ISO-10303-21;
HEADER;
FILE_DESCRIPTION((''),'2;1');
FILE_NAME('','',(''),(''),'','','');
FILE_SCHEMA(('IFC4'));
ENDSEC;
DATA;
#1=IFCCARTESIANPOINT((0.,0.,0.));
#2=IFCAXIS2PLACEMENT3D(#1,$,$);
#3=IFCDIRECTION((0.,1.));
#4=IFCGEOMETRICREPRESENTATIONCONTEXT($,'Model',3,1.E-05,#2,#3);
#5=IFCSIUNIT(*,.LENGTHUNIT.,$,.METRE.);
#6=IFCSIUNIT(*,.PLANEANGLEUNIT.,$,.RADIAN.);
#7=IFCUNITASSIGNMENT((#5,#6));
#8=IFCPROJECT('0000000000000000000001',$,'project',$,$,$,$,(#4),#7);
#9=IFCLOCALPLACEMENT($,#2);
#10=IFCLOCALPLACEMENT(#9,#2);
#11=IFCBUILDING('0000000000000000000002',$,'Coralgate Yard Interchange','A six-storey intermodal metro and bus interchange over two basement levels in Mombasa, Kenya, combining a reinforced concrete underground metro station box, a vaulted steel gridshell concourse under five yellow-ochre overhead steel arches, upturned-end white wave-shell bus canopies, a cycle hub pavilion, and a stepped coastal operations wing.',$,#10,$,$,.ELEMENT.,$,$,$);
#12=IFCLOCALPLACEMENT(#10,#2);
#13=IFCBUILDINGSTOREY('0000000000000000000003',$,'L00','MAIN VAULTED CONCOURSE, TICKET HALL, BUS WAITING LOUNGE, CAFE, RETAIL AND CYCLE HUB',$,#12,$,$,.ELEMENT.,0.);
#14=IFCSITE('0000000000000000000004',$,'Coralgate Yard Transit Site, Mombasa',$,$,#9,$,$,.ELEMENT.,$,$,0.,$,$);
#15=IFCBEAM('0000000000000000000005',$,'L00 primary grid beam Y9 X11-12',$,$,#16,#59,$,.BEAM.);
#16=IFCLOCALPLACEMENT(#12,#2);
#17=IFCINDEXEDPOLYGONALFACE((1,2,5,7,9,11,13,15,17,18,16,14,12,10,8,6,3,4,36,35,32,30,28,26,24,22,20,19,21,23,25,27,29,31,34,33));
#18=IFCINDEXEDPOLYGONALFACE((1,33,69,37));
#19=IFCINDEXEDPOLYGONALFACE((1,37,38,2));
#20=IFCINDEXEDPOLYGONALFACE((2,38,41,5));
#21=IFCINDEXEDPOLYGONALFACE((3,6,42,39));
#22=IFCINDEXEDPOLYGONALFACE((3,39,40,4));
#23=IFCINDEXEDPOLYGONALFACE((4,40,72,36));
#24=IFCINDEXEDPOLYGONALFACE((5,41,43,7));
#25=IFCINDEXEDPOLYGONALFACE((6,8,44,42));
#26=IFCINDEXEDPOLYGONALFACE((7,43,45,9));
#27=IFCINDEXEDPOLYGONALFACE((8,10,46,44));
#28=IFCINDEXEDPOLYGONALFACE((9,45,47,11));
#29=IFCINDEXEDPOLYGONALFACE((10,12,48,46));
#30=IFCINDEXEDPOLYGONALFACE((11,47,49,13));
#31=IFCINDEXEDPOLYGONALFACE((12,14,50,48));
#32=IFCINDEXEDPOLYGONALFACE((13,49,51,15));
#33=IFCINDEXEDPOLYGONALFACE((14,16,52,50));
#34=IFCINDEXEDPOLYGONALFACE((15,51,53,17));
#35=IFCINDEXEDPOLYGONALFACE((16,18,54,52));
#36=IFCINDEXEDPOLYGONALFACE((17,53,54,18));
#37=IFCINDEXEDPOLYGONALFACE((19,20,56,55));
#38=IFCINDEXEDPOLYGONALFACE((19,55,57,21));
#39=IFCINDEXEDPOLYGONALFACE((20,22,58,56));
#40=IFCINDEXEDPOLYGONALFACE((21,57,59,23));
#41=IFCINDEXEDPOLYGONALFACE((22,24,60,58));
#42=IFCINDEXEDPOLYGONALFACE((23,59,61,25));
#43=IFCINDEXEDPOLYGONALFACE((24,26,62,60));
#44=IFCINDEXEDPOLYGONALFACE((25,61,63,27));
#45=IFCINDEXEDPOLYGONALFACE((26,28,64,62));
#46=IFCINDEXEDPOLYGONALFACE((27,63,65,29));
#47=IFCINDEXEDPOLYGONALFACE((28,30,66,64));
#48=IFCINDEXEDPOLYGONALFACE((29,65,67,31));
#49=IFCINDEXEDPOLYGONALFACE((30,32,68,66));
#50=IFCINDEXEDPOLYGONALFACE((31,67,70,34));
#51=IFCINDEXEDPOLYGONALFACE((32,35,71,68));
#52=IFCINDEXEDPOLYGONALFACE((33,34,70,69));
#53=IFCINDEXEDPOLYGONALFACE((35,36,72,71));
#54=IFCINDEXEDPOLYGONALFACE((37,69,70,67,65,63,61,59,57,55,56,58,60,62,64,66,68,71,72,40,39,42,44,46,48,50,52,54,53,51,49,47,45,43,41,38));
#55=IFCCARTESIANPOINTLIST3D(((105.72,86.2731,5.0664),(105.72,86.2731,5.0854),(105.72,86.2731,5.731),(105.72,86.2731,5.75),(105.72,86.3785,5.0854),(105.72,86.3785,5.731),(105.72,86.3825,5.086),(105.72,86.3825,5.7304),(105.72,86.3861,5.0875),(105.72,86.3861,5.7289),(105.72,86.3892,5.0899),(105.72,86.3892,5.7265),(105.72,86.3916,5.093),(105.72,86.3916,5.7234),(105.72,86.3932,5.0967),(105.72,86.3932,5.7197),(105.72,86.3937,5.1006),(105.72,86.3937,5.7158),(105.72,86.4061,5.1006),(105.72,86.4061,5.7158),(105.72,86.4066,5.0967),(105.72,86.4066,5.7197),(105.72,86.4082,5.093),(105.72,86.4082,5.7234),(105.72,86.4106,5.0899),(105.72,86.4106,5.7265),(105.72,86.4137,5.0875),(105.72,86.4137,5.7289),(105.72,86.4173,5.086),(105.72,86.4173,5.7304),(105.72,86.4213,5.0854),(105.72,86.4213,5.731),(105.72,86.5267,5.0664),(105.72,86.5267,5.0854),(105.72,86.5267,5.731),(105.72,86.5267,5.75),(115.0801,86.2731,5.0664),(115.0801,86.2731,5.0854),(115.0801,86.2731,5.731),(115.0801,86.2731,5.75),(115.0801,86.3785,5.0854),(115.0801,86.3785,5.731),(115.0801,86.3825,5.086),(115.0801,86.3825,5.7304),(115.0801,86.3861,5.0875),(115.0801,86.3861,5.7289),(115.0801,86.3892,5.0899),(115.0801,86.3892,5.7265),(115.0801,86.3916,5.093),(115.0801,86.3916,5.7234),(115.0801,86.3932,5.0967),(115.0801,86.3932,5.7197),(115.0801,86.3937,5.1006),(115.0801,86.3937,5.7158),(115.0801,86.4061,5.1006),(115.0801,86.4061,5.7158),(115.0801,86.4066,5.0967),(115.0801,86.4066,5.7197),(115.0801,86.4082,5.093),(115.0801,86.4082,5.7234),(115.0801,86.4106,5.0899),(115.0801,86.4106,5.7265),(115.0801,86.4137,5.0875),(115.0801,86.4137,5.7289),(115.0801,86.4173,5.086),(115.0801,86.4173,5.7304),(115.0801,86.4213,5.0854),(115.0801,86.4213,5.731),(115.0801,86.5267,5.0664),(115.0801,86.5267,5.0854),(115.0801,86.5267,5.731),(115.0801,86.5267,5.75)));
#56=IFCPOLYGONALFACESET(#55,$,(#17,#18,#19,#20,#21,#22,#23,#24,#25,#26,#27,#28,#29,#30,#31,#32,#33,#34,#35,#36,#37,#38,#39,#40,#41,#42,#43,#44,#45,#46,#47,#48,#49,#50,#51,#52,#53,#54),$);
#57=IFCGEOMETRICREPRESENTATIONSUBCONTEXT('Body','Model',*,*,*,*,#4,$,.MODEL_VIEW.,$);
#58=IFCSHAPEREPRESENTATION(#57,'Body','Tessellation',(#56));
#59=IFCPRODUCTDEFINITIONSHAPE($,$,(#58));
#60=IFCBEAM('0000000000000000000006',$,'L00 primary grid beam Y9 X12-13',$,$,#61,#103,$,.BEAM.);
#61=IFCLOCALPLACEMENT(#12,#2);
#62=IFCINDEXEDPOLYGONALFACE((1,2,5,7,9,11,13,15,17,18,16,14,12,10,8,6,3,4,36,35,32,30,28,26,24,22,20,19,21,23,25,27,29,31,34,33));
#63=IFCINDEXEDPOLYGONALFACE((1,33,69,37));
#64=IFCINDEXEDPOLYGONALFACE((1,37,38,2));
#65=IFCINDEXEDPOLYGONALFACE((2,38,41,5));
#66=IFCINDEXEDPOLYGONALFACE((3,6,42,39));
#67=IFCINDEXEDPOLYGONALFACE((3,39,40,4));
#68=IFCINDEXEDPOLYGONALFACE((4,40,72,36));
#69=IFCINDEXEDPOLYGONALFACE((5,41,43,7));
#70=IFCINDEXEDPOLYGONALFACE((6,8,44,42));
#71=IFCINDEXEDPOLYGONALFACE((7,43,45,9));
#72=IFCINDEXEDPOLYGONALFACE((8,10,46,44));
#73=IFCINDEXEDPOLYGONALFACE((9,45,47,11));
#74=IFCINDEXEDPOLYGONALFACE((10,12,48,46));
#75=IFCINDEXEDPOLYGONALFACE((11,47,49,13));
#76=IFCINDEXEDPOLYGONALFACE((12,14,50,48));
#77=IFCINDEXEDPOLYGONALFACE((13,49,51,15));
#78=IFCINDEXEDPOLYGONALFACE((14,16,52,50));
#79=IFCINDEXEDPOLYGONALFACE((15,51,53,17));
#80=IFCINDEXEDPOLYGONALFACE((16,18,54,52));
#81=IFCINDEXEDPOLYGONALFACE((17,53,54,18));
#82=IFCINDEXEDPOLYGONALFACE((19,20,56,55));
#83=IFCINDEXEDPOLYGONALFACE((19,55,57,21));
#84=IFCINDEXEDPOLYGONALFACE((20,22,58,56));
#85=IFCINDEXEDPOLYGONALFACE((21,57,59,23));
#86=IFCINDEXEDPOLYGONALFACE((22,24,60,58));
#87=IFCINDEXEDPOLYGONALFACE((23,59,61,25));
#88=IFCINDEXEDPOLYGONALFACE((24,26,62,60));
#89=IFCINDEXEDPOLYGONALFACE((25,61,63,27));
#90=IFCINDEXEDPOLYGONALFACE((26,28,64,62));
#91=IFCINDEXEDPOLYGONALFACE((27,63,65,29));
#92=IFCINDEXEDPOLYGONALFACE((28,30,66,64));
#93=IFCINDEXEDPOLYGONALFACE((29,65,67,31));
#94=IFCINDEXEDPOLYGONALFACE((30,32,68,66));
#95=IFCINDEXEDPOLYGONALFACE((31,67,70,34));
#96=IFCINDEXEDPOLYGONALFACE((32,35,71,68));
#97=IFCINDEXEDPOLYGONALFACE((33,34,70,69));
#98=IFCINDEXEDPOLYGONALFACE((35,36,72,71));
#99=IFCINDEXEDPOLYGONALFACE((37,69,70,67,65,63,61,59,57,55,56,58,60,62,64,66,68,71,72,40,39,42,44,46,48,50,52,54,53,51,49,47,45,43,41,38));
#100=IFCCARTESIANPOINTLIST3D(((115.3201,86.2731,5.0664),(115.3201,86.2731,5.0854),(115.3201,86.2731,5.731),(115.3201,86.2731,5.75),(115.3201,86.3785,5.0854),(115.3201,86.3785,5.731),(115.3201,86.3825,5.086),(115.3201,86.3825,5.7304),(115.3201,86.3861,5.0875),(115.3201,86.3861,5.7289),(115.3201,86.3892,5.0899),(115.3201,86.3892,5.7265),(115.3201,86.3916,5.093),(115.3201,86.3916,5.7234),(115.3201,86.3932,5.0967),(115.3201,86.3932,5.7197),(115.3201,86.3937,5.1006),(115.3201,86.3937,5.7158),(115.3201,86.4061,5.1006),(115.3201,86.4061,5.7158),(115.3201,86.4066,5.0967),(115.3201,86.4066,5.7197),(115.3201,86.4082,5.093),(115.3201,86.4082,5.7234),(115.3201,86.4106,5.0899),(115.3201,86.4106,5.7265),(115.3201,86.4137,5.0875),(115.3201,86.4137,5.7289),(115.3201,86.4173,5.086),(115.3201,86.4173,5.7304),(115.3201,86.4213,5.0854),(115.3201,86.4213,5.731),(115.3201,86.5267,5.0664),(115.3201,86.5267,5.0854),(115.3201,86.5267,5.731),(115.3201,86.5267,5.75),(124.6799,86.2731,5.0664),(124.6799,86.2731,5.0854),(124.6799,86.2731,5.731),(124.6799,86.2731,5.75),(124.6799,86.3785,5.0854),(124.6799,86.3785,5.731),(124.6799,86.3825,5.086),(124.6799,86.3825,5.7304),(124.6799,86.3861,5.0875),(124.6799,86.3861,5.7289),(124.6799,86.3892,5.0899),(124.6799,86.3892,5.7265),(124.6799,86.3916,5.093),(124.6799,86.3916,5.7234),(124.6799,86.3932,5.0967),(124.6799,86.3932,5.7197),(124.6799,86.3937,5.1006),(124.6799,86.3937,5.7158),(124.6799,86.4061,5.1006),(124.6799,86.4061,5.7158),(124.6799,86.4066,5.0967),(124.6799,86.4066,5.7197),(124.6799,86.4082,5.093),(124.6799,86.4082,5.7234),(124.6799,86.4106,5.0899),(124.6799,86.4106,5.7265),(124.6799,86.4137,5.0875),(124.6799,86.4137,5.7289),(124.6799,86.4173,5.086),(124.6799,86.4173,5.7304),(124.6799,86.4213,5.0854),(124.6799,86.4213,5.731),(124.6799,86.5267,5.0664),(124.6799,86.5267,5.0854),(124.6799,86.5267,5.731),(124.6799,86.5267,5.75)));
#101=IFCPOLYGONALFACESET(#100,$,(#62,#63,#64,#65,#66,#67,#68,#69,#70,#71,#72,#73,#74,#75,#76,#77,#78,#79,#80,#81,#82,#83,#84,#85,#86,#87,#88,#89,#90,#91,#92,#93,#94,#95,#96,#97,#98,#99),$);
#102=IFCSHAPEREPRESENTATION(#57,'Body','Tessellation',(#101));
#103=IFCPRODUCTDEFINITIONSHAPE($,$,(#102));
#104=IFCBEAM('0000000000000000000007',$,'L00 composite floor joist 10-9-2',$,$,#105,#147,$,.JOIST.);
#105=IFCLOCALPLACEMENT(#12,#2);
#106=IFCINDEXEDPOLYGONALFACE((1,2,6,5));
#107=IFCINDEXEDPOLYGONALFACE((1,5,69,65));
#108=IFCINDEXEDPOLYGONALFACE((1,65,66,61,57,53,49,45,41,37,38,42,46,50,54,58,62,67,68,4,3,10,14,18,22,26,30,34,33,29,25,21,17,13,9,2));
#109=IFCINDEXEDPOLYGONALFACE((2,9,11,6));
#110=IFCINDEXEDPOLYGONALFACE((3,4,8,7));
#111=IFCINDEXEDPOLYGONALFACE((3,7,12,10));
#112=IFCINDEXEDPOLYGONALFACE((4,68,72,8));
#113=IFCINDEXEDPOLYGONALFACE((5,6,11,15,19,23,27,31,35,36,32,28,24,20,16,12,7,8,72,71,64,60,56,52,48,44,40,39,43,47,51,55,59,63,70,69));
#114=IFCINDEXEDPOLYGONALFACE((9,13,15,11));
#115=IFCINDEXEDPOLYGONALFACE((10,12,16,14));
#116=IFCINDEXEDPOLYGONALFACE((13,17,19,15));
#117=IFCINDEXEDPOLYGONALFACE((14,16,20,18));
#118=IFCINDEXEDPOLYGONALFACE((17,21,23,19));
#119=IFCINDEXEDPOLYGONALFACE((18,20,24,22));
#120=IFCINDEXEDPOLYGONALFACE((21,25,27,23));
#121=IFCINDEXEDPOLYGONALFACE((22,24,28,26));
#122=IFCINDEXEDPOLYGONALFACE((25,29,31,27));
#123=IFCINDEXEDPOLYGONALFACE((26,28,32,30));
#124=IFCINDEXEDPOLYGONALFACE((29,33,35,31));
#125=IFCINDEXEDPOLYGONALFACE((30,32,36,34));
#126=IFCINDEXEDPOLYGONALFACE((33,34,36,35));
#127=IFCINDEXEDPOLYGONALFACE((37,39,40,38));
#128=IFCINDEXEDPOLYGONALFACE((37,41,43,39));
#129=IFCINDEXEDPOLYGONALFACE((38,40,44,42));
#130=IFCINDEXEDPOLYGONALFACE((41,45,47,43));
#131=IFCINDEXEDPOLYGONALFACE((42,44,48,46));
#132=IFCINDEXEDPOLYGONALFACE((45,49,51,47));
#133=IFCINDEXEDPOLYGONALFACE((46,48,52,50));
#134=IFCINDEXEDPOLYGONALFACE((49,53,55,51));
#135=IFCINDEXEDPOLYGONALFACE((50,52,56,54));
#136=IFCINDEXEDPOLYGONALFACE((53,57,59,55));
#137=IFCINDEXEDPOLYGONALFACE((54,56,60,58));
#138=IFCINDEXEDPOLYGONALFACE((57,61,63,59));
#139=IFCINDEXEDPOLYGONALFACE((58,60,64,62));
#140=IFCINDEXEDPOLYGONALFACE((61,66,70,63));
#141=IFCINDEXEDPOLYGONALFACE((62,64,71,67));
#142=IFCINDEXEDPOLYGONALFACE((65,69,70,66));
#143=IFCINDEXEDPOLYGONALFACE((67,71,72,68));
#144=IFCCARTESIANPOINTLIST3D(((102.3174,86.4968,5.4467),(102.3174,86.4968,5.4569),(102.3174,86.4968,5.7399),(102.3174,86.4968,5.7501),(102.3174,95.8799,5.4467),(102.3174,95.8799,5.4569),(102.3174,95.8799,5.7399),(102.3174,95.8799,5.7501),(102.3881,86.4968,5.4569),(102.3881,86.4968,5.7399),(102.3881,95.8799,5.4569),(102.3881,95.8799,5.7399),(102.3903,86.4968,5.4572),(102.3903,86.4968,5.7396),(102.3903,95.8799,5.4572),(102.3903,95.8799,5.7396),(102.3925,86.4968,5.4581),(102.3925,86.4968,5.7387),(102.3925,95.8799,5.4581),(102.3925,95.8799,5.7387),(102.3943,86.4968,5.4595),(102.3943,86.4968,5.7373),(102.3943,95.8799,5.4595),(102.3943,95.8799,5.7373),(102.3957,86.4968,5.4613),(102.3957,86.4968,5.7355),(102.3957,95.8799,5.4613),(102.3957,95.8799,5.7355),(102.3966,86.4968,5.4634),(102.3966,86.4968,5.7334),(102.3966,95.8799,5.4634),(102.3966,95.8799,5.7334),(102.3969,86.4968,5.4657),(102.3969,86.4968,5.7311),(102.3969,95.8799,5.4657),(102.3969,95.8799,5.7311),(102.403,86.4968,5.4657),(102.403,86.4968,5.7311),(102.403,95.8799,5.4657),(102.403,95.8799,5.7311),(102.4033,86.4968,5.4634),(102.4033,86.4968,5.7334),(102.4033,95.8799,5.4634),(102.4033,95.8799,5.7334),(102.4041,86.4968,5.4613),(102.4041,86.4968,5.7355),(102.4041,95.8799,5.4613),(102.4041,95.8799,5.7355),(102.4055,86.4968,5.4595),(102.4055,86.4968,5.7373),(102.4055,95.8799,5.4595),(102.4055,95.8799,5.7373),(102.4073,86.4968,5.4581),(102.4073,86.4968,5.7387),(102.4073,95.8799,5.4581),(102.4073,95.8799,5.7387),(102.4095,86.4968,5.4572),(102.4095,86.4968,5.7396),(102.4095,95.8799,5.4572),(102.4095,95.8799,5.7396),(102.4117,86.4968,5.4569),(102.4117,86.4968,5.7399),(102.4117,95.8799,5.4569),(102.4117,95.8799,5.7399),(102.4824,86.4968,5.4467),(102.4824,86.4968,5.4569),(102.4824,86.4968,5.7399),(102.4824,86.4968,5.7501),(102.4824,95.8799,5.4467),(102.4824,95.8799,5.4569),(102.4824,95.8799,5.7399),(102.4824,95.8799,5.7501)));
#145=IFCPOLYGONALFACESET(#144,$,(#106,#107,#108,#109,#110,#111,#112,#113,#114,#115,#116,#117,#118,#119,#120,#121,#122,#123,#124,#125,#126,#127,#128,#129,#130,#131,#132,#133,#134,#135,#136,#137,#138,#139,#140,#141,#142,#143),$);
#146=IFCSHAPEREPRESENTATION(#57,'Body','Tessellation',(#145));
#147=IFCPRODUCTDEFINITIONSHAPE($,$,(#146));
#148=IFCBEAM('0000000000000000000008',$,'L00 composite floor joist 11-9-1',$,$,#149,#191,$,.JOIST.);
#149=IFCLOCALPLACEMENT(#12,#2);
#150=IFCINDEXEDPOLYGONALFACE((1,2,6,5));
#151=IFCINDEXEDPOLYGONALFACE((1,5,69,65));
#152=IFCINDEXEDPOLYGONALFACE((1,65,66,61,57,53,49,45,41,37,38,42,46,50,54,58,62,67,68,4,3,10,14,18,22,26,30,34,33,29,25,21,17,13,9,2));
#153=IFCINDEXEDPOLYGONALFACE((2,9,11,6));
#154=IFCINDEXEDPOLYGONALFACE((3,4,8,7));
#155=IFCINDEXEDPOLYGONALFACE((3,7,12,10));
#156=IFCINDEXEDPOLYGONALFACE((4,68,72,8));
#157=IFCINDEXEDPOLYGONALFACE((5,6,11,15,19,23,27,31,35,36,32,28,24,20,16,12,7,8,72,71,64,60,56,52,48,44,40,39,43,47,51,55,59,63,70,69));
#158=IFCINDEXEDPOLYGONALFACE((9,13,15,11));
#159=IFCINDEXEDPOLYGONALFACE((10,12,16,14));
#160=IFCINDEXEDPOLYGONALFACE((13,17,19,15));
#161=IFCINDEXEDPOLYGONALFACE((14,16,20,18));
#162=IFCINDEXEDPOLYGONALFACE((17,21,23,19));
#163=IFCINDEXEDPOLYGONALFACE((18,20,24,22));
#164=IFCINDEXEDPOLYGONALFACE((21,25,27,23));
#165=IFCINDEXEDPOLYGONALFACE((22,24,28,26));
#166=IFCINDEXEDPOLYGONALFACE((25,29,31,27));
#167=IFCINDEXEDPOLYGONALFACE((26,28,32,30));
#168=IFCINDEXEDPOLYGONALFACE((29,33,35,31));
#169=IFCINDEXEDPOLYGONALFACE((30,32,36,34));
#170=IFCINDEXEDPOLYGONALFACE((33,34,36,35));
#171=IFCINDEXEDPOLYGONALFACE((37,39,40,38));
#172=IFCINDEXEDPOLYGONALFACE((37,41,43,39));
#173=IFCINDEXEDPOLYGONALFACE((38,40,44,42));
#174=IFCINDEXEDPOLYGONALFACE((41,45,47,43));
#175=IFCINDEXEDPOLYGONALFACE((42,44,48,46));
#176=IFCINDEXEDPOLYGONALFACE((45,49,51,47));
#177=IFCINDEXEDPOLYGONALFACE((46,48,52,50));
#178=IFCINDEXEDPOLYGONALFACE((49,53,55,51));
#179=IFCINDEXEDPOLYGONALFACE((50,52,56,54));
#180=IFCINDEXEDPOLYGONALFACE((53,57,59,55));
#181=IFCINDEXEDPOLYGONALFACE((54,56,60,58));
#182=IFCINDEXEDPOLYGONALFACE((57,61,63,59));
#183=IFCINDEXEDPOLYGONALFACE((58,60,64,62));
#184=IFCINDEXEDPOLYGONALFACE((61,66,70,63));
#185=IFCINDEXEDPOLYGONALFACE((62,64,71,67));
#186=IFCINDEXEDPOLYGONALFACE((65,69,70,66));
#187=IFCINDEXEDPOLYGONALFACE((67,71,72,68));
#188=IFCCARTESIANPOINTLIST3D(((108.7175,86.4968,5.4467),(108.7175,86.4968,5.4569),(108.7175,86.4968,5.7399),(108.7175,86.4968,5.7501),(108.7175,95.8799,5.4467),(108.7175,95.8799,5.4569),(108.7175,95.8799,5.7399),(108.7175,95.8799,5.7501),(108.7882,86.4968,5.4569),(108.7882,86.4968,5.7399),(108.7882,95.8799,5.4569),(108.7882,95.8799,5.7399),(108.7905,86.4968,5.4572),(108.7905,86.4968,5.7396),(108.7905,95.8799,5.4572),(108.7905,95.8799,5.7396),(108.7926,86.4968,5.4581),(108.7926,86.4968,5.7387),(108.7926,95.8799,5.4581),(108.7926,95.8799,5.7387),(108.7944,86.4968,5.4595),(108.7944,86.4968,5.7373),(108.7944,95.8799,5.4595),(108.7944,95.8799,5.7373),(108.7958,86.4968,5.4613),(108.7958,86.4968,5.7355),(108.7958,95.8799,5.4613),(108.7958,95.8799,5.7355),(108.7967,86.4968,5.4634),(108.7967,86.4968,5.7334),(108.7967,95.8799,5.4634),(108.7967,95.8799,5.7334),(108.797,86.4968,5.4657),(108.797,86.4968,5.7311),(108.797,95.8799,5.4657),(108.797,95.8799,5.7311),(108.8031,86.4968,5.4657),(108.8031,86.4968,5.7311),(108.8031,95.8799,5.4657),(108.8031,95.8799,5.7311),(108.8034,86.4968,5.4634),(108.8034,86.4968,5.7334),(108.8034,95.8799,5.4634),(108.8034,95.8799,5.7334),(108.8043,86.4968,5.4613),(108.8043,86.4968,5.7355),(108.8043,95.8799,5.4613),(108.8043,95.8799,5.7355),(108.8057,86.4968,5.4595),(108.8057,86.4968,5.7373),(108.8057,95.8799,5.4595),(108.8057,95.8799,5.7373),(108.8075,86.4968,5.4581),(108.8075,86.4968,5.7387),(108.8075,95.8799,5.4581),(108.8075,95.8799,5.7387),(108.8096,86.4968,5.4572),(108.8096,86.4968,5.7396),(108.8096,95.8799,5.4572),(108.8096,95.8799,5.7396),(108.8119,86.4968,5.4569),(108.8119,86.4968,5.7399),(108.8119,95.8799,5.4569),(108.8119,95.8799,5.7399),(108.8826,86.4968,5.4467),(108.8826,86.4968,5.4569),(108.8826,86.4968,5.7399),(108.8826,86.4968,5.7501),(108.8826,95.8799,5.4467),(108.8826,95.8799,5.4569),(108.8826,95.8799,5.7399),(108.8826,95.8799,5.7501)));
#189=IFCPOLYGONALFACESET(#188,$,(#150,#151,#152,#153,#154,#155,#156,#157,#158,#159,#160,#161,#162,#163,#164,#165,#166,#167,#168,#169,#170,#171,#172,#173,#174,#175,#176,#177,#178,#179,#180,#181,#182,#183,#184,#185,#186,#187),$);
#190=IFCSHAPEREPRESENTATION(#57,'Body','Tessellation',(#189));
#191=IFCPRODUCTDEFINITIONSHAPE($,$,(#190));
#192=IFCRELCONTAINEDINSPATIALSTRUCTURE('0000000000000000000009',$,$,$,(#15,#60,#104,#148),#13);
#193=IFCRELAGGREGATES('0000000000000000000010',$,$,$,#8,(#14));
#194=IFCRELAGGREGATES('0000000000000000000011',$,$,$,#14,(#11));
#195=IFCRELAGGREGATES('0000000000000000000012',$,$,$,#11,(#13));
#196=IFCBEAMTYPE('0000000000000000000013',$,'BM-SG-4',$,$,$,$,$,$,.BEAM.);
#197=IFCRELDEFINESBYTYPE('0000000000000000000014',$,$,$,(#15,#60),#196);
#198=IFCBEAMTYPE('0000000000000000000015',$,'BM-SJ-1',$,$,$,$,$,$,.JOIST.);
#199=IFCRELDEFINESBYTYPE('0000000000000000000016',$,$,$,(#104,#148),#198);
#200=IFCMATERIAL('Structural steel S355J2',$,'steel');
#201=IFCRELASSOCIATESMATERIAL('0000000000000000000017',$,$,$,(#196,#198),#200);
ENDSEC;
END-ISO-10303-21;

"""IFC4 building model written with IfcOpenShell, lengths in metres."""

from ifc_helpers import new_model, si_unit, direction, frame, origin, origin_2d, place, context, subcontext, project, spatial, i_section, extrude, material, material_profile, profile_set, type_object, element, save


model = new_model("IFC4")

# Units and contexts
model_context = context("Model", 3, precision=1e-05, world=origin(), true_north=direction((0.0, 1.0)))
body_context = subcontext(model_context, "Body", "Model", "MODEL_VIEW")
ifc_project = project(units=[si_unit("LENGTHUNIT", "METRE"), si_unit("PLANEANGLEUNIT", "RADIAN")], contexts=[model_context])

# Site, building, storey
site_placement = place(None, origin())
site = spatial("IfcSite", under=ifc_project, at=site_placement, Name="Coralgate Yard Transit Site, Mombasa", CompositionType="ELEMENT", RefElevation=0.0)
building_placement = place(site_placement, origin())
building = spatial("IfcBuilding", under=site, at=building_placement, Name="Coralgate Yard Interchange", Description="A six-storey intermodal metro and bus interchange over two basement levels in Mombasa, Kenya, combining a reinforced concrete underground metro station box, a vaulted steel gridshell concourse under five yellow-ochre overhead steel arches, upturned-end white wave-shell bus canopies, a cycle hub pavilion, and a stepped coastal operations wing.", CompositionType="ELEMENT")
storey_placement = place(building_placement, origin())
storey = spatial("IfcBuildingStorey", under=building, at=storey_placement, Name="L00", Description="MAIN VAULTED CONCOURSE, TICKET HALL, BUS WAITING LOUNGE, CAFE, RETAIL AND CYCLE HUB", CompositionType="ELEMENT", Elevation=0.0)

# Shared definitions
ifc_material_1 = material(Name="Structural steel S355J2", Category="steel")

# Beams
ifc_material_profile_1 = material_profile(ifc_material_1, i_section(OverallWidth=0.2537, OverallDepth=0.6836, WebThickness=0.0125, FlangeThickness=0.019, FilletRadius=0.0151, at=origin_2d()), Name="UB 686x254x140")
ifc_profile_set_1 = profile_set([ifc_material_profile_1], Name="Structural steel S355J2")
beam_type_1 = type_object("IfcBeamType", Name="BM-SG-4", PredefinedType="BEAM", material=ifc_profile_set_1)
beam_1_placement = place(storey_placement, frame((105.72, 86.3999, 5.4082), z_axis=(1.0, 0.0, 0.0), x_axis=(0.0, 1.0, 0.0)))
element("IfcBeam", 1, at=beam_1_placement, inside=storey, type_object=beam_type_1, Name="L00 primary grid beam Y9 X11-12", PredefinedType="BEAM", context=body_context, shape_type="SweptSolid", body=[
    extrude(i_section(OverallWidth=0.2537, OverallDepth=0.6836, WebThickness=0.0125, FlangeThickness=0.019, FilletRadius=0.0151, at=origin_2d()), origin(), (0.0, 0.0, 1.0), 9.3601),
])
beam_2_placement = place(storey_placement, frame((115.3201, 86.3999, 5.4082), z_axis=(1.0, 0.0, 0.0), x_axis=(0.0, 1.0, 0.0)))
element("IfcBeam", 2, at=beam_2_placement, inside=storey, type_object=beam_type_1, Name="L00 primary grid beam Y9 X12-13", PredefinedType="BEAM", context=body_context, shape_type="SweptSolid", body=[
    extrude(i_section(OverallWidth=0.2537, OverallDepth=0.6836, WebThickness=0.0125, FlangeThickness=0.019, FilletRadius=0.0151, at=origin_2d()), origin(), (0.0, 0.0, 1.0), 9.3599),
])
ifc_material_profile_2 = material_profile(ifc_material_1, i_section(OverallWidth=0.165, OverallDepth=0.3035, WebThickness=0.0061, FlangeThickness=0.0103, FilletRadius=0.0088, at=origin_2d()), Name="UB 305x165x40")
ifc_profile_set_2 = profile_set([ifc_material_profile_2], Name="Structural steel S355J2")
beam_type_2 = type_object("IfcBeamType", Name="BM-SJ-1", PredefinedType="JOIST", material=ifc_profile_set_2)
for number, where, z_axis, x_axis, name in (
    (3, (102.3999, 86.4968, 5.5984), (0.0, 1.0, 0.0), (-1.0, 0.0, 0.0), "L00 composite floor joist 10-9-2"),
    (4, (108.8, 86.4968, 5.5984), (0.0, 1.0, 0.0), (-1.0, 0.0, 0.0), "L00 composite floor joist 11-9-1"),
):
    element("IfcBeam", number, at=place(storey_placement, frame(where, z_axis=z_axis, x_axis=x_axis)), inside=storey, type_object=beam_type_2, Name=name, PredefinedType="JOIST", context=body_context, shape_type="SweptSolid", body=[
        extrude(i_section(OverallWidth=0.165, OverallDepth=0.3035, WebThickness=0.0061, FlangeThickness=0.0103, FilletRadius=0.0088, at=origin_2d()), origin(), (0.0, 0.0, 1.0), 9.3831),
    ])

save(model, "model.ifc")
